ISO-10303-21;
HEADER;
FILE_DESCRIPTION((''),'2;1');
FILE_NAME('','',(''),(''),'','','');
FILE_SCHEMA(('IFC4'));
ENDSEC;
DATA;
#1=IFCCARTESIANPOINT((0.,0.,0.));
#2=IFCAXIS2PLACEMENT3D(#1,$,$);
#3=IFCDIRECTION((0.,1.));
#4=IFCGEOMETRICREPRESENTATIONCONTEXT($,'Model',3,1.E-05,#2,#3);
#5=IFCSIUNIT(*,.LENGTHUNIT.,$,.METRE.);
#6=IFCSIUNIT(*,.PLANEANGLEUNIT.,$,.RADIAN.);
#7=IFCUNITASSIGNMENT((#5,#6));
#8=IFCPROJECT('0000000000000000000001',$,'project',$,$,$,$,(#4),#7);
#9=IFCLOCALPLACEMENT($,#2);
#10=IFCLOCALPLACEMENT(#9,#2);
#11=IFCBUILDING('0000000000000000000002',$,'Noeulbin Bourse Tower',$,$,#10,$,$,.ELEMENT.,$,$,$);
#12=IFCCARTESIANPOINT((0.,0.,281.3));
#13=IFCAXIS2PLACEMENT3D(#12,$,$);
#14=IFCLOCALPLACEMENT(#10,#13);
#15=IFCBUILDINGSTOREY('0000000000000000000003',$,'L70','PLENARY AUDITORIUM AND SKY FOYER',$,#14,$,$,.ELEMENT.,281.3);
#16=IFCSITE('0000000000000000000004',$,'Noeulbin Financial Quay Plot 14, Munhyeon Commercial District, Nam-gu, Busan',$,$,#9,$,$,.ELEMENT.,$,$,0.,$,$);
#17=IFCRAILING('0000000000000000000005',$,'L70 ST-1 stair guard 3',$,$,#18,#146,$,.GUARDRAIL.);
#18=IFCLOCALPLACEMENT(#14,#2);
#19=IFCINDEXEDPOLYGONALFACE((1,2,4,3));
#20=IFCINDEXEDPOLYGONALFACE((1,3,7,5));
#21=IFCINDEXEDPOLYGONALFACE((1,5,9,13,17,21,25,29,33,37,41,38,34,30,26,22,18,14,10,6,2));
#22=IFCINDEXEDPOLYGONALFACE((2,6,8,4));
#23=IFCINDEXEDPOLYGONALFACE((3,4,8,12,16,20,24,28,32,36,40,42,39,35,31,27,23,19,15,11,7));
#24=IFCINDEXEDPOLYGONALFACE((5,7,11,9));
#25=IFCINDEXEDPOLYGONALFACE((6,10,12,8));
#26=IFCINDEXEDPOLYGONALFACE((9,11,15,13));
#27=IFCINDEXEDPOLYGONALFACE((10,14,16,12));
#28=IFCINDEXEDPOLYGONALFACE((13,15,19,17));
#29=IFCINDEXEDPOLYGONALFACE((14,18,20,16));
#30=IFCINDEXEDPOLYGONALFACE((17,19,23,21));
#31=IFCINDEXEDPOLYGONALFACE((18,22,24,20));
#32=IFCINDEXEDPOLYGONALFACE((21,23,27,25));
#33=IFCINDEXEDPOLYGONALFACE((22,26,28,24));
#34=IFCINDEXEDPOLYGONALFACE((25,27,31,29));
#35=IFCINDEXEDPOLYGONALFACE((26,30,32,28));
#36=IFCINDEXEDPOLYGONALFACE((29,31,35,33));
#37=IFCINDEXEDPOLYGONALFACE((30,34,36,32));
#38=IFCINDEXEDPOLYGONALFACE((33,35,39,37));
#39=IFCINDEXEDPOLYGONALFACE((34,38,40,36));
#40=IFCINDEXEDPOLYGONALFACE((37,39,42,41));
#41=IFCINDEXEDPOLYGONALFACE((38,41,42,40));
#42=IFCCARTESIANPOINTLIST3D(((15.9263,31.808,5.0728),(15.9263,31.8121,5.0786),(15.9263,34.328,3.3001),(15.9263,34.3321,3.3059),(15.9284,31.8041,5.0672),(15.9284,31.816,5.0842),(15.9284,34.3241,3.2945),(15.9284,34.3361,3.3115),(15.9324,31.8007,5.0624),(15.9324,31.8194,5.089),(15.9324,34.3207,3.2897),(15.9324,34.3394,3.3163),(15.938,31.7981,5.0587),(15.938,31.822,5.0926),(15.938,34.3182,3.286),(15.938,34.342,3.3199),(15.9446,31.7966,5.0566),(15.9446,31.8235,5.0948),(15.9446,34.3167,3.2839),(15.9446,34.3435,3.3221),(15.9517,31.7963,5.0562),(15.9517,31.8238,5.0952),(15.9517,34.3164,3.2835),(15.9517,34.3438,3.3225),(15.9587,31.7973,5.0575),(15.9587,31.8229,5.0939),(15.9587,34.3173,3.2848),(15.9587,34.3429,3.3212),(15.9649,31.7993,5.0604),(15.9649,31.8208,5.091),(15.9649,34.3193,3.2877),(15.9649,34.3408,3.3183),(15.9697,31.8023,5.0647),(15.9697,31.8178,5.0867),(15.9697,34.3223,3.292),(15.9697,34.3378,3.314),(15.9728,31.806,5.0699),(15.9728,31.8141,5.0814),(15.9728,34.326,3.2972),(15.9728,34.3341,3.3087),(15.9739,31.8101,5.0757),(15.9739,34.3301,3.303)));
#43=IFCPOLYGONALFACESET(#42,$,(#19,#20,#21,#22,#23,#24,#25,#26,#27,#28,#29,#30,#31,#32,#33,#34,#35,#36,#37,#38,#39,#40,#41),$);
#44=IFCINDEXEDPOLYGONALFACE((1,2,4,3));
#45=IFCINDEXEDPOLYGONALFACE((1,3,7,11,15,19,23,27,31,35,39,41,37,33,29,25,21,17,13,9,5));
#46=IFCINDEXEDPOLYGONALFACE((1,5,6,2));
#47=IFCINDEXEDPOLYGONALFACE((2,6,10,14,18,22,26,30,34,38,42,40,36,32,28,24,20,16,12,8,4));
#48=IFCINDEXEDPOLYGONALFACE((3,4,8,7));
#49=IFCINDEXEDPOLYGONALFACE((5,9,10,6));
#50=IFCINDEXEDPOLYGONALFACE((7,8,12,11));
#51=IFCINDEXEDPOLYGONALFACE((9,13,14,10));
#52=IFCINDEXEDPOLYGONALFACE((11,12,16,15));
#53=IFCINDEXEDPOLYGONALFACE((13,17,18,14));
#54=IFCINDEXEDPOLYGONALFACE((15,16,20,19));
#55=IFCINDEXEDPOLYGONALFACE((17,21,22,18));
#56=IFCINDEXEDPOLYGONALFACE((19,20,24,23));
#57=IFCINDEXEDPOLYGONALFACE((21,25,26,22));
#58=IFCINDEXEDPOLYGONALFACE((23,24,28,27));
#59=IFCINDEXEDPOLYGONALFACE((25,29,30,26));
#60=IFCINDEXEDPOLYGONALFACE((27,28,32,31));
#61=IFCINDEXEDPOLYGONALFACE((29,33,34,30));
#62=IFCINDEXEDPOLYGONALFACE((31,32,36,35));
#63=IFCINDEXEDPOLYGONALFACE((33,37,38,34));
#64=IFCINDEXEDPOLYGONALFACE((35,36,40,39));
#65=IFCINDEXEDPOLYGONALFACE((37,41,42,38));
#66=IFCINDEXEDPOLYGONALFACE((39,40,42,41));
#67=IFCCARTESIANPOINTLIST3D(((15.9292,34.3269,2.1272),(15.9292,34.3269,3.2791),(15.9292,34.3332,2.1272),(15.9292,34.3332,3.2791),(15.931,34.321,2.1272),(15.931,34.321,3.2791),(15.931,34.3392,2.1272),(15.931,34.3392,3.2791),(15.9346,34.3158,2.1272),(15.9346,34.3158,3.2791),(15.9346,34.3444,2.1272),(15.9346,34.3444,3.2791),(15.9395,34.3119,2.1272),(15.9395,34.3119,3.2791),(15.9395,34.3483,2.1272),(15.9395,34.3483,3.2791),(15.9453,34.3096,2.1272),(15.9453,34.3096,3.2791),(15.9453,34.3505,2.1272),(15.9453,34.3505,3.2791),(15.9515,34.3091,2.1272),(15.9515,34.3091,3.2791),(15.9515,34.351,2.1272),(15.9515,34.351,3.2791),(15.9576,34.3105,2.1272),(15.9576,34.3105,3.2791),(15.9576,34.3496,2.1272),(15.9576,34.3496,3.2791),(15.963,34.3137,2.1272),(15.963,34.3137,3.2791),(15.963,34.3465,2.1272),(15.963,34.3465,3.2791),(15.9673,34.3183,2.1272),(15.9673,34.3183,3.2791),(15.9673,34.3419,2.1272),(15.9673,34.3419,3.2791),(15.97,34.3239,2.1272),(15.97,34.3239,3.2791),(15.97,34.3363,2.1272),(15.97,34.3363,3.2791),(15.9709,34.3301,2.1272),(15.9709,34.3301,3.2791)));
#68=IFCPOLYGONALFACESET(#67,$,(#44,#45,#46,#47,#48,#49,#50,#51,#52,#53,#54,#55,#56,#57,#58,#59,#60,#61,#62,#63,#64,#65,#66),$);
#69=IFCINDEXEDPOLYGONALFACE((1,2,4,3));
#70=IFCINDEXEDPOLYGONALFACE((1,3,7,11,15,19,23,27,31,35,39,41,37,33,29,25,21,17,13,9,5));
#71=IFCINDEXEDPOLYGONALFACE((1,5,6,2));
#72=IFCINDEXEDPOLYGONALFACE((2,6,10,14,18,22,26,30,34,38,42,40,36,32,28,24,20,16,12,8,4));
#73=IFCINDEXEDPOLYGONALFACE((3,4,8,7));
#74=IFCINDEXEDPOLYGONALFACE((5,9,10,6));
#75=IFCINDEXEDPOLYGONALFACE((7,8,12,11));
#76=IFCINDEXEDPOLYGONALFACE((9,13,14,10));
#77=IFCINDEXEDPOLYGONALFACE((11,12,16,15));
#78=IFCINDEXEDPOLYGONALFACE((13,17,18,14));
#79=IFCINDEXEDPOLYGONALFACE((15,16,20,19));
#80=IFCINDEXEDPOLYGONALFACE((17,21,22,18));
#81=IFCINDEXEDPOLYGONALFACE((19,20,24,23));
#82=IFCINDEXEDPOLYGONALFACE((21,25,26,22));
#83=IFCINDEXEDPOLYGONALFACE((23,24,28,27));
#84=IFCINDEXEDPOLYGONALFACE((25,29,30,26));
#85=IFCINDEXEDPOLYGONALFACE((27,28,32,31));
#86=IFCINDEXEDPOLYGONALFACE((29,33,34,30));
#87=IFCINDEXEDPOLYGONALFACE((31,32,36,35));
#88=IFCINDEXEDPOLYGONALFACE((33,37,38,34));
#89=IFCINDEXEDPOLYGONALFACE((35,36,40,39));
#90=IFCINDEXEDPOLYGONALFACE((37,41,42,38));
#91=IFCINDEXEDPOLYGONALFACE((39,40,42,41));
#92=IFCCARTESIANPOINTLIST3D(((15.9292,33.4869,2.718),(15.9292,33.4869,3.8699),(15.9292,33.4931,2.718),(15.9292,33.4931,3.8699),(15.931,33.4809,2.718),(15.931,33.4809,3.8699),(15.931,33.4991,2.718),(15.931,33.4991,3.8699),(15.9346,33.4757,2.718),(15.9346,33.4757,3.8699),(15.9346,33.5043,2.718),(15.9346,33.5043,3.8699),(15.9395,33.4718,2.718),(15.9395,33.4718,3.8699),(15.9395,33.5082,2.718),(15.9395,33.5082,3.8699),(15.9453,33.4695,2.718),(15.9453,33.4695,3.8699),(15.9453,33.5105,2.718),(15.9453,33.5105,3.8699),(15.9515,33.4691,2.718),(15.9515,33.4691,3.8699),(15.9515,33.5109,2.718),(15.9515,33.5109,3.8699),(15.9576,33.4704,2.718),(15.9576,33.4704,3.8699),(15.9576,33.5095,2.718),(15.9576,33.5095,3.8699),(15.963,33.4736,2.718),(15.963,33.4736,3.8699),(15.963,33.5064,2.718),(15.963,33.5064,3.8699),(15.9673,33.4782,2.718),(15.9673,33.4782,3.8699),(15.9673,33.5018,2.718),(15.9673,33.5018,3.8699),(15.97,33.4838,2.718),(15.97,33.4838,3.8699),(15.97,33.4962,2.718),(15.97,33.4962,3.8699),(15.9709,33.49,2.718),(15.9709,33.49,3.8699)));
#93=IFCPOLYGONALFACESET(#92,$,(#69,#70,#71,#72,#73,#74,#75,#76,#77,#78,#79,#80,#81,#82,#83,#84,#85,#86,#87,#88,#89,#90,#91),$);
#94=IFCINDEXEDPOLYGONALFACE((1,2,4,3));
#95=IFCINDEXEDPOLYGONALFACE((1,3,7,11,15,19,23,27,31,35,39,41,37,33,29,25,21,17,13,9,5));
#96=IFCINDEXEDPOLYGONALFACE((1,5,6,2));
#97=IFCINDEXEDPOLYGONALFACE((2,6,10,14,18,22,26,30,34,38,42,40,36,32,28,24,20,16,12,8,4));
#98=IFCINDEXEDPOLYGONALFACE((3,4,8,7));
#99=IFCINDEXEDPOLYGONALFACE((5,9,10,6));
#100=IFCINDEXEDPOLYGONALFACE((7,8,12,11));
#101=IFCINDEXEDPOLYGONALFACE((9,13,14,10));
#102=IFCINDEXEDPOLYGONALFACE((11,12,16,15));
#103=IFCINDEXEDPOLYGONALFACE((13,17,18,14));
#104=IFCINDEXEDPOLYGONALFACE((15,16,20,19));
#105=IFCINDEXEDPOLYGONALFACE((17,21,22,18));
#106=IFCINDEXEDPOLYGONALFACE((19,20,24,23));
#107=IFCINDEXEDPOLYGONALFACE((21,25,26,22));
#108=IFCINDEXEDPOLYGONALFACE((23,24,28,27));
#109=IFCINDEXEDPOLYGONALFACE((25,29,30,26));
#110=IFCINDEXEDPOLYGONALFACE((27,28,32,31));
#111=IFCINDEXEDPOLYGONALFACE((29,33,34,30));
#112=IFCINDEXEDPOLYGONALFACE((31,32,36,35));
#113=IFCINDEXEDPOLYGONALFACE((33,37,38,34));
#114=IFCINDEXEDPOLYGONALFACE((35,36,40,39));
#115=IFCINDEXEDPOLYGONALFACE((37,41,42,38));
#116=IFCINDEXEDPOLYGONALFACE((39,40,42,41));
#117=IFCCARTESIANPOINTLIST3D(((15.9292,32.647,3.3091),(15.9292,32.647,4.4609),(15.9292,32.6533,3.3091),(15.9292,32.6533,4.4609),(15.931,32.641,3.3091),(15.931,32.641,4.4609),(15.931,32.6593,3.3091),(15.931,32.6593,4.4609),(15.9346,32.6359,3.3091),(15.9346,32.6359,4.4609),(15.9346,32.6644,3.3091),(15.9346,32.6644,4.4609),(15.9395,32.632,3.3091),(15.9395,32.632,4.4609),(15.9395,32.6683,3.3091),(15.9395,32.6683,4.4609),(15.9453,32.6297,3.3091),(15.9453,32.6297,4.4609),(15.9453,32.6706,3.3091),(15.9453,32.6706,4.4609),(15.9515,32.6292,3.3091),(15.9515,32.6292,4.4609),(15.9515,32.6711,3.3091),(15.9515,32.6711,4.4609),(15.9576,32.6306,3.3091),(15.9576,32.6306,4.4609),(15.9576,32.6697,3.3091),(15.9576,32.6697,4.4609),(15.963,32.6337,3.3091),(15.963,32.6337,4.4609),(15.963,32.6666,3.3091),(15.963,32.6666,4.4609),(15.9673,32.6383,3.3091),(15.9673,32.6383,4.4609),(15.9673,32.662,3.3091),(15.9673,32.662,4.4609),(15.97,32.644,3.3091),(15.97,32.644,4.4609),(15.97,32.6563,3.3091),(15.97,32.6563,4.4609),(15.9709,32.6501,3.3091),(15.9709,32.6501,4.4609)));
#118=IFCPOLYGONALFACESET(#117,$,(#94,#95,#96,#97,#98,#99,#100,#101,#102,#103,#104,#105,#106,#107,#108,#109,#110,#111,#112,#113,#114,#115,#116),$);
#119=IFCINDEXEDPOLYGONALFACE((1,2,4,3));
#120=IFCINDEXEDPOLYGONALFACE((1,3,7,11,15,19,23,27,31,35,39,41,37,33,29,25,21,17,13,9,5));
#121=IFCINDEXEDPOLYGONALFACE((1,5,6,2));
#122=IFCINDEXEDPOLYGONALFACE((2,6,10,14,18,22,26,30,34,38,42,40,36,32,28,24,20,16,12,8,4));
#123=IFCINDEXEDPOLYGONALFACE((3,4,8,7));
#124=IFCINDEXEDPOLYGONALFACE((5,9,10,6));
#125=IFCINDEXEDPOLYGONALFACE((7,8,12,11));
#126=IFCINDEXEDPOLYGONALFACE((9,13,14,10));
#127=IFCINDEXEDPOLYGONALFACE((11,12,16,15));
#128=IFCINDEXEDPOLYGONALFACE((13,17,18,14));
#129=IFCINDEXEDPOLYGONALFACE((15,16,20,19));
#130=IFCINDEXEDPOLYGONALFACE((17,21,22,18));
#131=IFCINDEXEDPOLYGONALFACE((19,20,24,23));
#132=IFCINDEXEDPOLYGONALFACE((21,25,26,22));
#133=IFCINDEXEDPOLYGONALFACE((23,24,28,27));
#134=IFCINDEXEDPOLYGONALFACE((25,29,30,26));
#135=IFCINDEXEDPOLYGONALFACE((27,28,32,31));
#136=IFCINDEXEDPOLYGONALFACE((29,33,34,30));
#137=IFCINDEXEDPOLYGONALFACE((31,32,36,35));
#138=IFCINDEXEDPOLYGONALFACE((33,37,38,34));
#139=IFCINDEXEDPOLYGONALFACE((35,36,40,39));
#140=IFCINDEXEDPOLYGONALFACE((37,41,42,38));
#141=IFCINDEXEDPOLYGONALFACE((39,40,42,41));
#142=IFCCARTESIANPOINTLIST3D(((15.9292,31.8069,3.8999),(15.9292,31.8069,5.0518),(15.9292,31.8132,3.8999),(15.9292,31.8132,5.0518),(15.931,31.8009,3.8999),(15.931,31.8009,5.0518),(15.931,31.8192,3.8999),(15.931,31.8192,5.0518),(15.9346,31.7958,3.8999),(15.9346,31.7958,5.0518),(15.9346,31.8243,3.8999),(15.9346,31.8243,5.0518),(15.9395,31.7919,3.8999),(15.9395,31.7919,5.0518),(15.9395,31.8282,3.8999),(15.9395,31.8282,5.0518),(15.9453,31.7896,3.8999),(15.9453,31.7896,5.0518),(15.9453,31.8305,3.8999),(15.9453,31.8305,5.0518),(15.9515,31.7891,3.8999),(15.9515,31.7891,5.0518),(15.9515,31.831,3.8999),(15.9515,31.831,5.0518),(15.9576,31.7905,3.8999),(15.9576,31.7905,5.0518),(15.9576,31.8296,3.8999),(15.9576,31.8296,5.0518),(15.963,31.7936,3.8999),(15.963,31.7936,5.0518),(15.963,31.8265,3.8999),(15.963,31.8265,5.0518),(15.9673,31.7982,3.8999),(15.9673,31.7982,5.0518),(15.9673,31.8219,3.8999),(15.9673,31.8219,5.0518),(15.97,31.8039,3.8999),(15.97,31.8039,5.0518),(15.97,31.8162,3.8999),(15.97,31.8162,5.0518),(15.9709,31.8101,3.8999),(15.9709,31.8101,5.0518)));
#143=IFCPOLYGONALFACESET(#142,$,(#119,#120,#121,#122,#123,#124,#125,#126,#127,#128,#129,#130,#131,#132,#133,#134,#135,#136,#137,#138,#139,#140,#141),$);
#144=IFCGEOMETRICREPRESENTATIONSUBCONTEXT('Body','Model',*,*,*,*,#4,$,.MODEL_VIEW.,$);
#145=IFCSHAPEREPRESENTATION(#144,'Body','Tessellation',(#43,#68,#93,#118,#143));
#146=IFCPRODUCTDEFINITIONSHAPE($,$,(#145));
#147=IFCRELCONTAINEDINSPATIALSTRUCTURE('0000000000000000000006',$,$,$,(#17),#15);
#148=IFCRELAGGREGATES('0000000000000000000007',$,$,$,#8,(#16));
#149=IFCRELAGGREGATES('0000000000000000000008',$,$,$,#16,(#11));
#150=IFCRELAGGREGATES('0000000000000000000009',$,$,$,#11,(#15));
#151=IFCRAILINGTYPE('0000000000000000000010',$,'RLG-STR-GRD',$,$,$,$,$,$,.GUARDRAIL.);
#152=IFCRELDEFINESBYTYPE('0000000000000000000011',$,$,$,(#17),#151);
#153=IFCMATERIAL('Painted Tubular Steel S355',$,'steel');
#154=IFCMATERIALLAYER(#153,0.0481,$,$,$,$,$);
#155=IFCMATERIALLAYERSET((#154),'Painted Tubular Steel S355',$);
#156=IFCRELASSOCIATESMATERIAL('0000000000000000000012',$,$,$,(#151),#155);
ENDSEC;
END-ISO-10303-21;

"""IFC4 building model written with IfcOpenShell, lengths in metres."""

from ifc_helpers import new_model, si_unit, direction, frame, origin, origin_2d, place, context, subcontext, project, spatial, circle, extrude, material, layer, layer_set, type_object, element, save


model = new_model("IFC4")

# Units and contexts
model_context = context("Model", 3, precision=1e-05, world=origin(), true_north=direction((0.0, 1.0)))
body_context = subcontext(model_context, "Body", "Model", "MODEL_VIEW")
ifc_project = project(units=[si_unit("LENGTHUNIT", "METRE"), si_unit("PLANEANGLEUNIT", "RADIAN")], contexts=[model_context])

# Site, building, storey
site_placement = place(None, origin())
site = spatial("IfcSite", under=ifc_project, at=site_placement, Name="Noeulbin Financial Quay Plot 14, Munhyeon Commercial District, Nam-gu, Busan", CompositionType="ELEMENT", RefElevation=0.0)
building_placement = place(site_placement, origin())
building = spatial("IfcBuilding", under=site, at=building_placement, Name="Noeulbin Bourse Tower", CompositionType="ELEMENT")
storey_placement = place(building_placement, frame((0.0, 0.0, 281.3)))
storey = spatial("IfcBuildingStorey", under=building, at=storey_placement, Name="L70", Description="PLENARY AUDITORIUM AND SKY FOYER", CompositionType="ELEMENT", Elevation=281.3)

# Railing
ifc_material_1 = material(Name="Painted Tubular Steel S355", Category="steel")
ifc_layer_1 = layer(ifc_material_1, 0.0481)
ifc_layer_set_1 = layer_set([ifc_layer_1], Name="Painted Tubular Steel S355")
railing_type_1 = type_object("IfcRailingType", Name="RLG-STR-GRD", PredefinedType="GUARDRAIL", material=ifc_layer_set_1)
railing_1_placement = place(storey_placement, frame((15.95, 34.3301, 2.1272)))
element("IfcRailing", 1, at=railing_1_placement, inside=storey, type_object=railing_type_1, Name="L70 ST-1 stair guard 3", PredefinedType="GUARDRAIL", context=body_context, shape_type="SweptSolid", body=[
    extrude(circle(Radius=0.0239, at=origin_2d()), frame((0.0, 0.0, 1.1758), z_axis=(0.0, -0.817904, 0.575354), x_axis=(1.0, 0.0, 0.0)), (0.0, 0.0, 1.0), 3.0811),
    extrude(circle(Radius=0.021, at=origin_2d()), origin(), (0.0, 0.0, 1.0), 1.1519),
    extrude(circle(Radius=0.021, at=origin_2d()), frame((0.0, -0.8401, 0.5908)), (0.0, 0.0, 1.0), 1.1519),
    extrude(circle(Radius=0.021, at=origin_2d()), frame((0.0, -1.6799, 1.1819)), (0.0, 0.0, 1.0), 1.1519),
    extrude(circle(Radius=0.021, at=origin_2d()), frame((0.0, -2.52, 1.7727)), (0.0, 0.0, 1.0), 1.1519),
])

save(model, "model.ifc")
